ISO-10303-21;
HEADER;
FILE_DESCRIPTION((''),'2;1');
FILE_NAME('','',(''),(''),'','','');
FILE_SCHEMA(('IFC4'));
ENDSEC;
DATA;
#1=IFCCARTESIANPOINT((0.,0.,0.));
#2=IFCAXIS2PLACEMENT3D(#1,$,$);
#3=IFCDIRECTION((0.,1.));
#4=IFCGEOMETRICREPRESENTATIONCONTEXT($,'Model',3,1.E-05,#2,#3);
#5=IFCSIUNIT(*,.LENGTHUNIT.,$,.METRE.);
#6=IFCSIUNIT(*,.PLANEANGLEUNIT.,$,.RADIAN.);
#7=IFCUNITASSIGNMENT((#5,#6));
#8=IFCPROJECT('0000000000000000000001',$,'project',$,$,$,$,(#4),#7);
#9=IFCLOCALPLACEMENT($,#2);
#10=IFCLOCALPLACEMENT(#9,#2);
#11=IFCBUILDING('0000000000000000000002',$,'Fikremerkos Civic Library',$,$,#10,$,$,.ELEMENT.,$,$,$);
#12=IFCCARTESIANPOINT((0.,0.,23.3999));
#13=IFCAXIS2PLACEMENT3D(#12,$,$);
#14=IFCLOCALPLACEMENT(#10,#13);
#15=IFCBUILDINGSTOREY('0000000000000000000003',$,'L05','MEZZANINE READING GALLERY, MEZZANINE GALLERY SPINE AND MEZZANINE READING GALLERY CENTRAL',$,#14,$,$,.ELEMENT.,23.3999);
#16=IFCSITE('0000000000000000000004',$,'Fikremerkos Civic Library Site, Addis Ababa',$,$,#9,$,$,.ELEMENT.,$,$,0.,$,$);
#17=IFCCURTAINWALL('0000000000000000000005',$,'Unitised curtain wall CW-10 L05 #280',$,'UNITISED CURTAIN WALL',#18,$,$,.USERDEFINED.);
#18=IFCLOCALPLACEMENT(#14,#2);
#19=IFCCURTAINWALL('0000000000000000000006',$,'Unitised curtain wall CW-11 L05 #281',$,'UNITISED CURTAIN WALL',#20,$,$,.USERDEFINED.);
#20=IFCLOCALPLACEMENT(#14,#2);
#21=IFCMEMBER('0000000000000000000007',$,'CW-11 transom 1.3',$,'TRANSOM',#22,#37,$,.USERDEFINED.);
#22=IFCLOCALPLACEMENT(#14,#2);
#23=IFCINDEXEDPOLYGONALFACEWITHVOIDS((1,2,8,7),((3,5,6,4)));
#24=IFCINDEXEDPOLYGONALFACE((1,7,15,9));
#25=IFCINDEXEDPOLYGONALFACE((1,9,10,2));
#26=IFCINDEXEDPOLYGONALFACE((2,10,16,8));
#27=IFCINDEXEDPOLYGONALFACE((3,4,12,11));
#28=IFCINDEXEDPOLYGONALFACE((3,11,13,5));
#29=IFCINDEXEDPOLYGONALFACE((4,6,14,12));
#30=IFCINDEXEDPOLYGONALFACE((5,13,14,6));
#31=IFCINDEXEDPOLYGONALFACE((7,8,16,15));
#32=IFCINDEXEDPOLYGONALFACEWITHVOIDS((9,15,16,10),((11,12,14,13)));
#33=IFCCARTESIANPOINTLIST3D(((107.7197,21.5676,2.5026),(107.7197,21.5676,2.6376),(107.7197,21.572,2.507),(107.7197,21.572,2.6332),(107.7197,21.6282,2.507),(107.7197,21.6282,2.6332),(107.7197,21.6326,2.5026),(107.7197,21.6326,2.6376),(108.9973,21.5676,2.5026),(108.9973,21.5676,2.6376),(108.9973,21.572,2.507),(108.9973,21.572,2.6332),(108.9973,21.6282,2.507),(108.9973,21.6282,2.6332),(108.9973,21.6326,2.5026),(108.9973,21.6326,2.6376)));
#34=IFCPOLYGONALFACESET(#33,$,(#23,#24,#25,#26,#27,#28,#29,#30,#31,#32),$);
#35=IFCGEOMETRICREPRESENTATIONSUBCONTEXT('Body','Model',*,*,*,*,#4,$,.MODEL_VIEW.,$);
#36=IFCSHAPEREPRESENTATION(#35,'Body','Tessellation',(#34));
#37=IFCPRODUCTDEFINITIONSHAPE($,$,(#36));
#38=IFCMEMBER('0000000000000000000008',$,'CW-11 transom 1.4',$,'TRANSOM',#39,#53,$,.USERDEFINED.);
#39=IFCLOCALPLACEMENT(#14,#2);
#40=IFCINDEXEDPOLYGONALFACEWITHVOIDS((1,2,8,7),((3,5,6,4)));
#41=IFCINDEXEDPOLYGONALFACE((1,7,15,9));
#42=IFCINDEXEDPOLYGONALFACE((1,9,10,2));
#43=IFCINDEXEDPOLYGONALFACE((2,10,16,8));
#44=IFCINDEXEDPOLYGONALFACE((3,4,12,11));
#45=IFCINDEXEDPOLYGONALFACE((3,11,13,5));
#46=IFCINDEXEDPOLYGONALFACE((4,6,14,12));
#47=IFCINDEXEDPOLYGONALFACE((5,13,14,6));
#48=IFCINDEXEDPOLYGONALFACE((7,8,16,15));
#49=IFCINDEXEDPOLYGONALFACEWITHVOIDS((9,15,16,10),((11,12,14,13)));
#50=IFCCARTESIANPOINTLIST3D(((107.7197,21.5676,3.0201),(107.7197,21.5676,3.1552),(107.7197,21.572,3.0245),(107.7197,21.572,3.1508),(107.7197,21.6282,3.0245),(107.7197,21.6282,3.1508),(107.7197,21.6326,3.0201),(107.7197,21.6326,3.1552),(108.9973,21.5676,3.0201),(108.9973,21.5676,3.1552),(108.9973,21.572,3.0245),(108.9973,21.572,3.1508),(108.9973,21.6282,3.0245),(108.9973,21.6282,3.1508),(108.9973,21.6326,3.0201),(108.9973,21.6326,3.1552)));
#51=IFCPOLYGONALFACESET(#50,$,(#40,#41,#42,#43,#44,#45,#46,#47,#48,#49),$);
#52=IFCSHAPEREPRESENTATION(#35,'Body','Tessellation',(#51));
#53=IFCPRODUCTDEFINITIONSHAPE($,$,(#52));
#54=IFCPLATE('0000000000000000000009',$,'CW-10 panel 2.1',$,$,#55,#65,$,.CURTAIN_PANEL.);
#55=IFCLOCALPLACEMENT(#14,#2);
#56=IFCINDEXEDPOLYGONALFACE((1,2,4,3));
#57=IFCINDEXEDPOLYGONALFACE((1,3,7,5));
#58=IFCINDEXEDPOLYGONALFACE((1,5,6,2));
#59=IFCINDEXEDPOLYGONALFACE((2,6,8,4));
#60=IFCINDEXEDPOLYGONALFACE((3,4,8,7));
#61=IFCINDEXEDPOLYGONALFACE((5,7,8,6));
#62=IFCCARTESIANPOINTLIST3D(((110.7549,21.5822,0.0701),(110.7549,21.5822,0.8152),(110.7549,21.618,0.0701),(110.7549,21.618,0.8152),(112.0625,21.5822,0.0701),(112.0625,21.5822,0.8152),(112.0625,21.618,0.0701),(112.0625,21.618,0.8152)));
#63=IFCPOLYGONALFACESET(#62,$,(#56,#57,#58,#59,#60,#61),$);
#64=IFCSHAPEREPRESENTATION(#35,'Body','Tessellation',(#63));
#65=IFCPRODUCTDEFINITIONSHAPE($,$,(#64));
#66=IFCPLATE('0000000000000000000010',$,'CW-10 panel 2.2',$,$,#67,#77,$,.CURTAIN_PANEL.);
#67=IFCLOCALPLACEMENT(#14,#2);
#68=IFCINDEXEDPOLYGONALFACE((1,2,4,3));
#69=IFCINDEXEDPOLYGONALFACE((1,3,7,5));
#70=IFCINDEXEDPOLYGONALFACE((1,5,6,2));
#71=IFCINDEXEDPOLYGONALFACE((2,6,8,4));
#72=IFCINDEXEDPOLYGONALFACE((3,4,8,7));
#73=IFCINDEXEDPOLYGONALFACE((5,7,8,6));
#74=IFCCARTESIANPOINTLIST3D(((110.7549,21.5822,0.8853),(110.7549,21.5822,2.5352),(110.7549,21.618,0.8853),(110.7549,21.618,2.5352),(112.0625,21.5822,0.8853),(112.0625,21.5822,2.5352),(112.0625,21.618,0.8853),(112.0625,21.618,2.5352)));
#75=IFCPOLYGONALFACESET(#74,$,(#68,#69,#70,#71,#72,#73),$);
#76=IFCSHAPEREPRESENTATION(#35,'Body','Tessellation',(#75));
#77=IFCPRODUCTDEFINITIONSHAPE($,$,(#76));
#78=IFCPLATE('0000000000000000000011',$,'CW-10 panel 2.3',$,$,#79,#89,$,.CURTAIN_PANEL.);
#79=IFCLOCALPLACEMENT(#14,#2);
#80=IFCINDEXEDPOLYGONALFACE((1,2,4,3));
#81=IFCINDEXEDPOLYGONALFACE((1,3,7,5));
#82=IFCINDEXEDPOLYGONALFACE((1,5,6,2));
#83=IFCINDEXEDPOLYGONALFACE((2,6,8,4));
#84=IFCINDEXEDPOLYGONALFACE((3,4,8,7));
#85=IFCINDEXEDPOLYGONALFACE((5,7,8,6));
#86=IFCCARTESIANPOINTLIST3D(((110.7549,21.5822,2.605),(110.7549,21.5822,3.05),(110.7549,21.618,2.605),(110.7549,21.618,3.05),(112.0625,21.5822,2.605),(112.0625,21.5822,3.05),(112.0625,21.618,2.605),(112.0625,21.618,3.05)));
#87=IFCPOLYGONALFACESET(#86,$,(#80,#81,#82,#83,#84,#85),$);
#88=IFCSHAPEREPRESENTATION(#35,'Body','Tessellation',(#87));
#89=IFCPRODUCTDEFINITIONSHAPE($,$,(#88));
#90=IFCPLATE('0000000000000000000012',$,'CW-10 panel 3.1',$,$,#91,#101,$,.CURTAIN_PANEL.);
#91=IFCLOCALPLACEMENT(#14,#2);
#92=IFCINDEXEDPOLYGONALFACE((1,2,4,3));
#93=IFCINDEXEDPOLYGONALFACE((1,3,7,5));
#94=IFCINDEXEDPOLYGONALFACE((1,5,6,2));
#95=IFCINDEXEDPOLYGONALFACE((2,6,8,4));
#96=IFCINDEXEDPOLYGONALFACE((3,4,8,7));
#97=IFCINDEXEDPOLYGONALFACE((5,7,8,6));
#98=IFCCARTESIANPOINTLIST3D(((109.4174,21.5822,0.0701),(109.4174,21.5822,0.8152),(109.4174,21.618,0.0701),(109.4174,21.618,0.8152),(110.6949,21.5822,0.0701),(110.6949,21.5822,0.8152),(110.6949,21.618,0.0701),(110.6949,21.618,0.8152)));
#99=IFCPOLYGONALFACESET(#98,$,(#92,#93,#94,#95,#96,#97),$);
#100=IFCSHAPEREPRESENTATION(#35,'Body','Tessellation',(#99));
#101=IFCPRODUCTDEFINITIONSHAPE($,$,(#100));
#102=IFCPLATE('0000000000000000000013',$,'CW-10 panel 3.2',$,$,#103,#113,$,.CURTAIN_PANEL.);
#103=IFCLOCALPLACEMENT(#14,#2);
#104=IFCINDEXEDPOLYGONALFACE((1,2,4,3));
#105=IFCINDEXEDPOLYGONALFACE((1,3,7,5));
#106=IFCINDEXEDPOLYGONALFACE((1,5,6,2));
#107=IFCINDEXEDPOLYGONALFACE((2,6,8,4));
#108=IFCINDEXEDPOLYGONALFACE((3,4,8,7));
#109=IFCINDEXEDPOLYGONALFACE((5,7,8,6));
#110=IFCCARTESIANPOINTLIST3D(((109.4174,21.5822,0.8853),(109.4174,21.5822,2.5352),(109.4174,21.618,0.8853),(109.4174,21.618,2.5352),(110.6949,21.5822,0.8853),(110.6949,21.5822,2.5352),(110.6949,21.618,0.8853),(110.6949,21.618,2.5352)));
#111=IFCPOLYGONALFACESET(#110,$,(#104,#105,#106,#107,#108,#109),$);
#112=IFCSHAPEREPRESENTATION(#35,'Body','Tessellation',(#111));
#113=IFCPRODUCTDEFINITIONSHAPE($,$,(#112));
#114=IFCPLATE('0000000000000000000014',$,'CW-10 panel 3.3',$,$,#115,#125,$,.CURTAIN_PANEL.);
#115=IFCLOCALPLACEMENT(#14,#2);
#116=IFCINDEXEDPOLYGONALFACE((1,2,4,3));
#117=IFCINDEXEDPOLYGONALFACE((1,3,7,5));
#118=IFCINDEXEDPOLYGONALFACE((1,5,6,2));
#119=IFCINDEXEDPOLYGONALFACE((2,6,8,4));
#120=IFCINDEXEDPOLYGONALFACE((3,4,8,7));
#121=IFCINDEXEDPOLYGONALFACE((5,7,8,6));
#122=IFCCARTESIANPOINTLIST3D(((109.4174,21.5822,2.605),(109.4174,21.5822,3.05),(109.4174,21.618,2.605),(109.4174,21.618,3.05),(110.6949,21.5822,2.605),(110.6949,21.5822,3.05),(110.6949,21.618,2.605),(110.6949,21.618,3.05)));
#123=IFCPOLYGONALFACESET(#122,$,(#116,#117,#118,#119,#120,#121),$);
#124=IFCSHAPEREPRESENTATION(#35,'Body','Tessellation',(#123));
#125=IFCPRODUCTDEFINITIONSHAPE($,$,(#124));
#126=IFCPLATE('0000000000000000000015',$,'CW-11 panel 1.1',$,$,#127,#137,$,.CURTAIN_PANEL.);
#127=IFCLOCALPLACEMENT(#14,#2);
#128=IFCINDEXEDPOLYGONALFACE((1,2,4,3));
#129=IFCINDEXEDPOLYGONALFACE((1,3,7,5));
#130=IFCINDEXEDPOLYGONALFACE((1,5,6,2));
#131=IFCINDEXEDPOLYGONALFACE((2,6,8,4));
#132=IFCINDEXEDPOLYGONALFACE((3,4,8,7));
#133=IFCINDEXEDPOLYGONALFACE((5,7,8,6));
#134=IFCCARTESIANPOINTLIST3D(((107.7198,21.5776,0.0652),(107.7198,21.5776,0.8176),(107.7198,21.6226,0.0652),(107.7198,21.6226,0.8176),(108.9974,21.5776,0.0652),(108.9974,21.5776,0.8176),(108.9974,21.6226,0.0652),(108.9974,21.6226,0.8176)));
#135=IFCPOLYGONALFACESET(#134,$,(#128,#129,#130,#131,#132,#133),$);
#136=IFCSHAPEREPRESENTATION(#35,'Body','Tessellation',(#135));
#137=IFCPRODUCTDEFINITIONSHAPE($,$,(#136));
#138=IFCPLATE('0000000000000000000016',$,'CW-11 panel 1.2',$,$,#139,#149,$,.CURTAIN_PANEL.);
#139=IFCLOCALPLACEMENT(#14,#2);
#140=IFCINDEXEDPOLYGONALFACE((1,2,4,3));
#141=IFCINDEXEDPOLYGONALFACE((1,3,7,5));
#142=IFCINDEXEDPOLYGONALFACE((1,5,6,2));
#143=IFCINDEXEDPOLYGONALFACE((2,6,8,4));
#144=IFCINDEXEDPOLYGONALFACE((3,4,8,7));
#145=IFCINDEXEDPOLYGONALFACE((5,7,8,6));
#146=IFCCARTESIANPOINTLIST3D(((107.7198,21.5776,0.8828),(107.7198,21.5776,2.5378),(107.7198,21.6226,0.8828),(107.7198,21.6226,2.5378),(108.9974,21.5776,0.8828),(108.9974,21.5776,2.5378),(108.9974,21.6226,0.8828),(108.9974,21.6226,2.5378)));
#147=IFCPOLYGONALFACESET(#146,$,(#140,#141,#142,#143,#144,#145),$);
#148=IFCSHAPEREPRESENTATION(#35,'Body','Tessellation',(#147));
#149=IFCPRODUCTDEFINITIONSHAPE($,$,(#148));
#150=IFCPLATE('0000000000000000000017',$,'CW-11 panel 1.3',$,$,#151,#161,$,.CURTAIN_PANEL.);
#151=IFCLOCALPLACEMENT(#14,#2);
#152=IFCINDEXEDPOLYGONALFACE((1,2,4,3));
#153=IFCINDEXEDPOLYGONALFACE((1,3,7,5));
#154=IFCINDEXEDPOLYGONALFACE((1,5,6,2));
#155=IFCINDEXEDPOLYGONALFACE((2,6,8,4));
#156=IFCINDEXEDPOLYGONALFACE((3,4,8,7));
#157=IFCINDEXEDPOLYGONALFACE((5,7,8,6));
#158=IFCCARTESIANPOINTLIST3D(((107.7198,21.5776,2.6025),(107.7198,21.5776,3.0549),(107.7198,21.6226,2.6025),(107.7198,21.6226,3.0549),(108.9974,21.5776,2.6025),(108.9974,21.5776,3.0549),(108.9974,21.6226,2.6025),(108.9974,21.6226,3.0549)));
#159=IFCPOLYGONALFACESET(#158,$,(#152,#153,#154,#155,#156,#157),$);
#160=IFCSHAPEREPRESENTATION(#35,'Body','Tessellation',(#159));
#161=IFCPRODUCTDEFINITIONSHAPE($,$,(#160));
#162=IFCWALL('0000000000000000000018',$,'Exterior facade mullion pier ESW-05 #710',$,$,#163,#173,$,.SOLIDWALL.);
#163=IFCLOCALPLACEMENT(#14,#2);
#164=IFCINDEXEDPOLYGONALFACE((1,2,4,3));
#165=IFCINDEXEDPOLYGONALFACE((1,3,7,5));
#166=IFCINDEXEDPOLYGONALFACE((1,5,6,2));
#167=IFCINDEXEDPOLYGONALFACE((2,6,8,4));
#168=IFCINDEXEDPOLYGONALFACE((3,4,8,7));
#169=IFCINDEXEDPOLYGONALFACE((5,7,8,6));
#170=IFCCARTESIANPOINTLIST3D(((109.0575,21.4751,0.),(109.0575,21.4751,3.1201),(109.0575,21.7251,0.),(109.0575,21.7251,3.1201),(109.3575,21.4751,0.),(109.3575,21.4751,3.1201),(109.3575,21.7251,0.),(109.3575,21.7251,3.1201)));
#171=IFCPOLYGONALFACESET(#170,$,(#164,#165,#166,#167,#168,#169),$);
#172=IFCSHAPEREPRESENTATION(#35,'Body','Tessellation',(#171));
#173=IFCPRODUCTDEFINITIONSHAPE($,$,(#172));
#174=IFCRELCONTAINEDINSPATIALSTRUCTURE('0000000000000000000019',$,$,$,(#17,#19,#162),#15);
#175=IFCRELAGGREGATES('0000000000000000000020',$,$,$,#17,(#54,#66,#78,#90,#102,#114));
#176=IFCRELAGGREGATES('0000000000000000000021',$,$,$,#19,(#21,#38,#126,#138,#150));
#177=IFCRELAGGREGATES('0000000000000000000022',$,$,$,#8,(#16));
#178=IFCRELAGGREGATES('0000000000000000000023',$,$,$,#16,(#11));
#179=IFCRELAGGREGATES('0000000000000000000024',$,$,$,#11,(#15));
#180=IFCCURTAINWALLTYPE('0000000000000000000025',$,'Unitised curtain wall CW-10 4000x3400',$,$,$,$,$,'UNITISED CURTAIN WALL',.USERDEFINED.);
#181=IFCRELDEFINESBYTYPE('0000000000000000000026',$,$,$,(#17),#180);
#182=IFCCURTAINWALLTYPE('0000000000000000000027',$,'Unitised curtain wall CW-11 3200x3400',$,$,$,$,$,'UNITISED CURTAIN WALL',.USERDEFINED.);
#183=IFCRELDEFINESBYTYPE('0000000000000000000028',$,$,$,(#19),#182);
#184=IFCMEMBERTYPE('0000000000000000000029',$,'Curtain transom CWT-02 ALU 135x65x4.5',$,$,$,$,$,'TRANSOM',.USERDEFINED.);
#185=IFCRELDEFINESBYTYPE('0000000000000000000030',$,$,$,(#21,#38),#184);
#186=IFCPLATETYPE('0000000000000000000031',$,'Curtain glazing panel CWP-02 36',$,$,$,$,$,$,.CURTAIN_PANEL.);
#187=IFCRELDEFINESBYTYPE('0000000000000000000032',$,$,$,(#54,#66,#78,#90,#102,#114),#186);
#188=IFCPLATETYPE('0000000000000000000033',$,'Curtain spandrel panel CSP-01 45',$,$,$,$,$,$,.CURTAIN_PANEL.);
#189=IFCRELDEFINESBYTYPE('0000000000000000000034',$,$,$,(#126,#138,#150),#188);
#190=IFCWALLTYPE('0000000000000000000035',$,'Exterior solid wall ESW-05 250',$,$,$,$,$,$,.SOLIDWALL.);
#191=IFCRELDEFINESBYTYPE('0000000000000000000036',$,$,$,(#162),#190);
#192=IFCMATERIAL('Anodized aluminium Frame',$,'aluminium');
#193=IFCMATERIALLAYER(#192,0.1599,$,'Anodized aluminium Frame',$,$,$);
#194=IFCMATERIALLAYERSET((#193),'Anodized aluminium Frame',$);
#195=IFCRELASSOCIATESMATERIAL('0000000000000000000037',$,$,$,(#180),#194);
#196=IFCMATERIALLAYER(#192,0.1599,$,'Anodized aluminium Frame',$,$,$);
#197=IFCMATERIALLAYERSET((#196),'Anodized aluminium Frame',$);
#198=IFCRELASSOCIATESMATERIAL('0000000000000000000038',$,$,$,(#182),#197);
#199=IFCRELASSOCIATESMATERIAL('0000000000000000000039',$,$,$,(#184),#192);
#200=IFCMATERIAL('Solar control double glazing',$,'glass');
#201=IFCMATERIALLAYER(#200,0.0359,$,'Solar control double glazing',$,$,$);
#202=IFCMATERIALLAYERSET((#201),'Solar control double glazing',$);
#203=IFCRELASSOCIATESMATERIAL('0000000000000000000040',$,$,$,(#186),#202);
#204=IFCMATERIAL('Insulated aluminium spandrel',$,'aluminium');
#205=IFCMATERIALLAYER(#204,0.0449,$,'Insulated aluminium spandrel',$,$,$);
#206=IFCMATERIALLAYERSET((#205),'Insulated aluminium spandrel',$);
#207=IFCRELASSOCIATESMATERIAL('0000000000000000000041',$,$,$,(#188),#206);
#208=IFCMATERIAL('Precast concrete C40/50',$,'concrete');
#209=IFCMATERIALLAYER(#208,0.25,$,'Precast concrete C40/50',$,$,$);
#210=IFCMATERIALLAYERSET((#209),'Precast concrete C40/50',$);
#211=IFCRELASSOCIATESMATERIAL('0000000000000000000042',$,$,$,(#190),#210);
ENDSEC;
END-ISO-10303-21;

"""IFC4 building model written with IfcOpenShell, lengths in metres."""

from ifc_helpers import new_model, si_unit, direction, frame, frame_2d, origin, origin_2d, place, context, subcontext, project, spatial, rectangle, hollow_rectangle, extrude, material, layer, layer_set, material_profile, profile_set, type_object, element, aggregate, save


model = new_model("IFC4")

# Units and contexts
model_context = context("Model", 3, precision=1e-05, world=origin(), true_north=direction((0.0, 1.0)))
body_context = subcontext(model_context, "Body", "Model", "MODEL_VIEW")
ifc_project = project(units=[si_unit("LENGTHUNIT", "METRE"), si_unit("PLANEANGLEUNIT", "RADIAN")], contexts=[model_context])

# Site, building, storey
site_placement = place(None, origin())
site = spatial("IfcSite", under=ifc_project, at=site_placement, Name="Fikremerkos Civic Library Site, Addis Ababa", CompositionType="ELEMENT", RefElevation=0.0)
building_placement = place(site_placement, origin())
building = spatial("IfcBuilding", under=site, at=building_placement, Name="Fikremerkos Civic Library", CompositionType="ELEMENT")
storey_placement = place(building_placement, frame((0.0, 0.0, 23.3999)))
storey = spatial("IfcBuildingStorey", under=building, at=storey_placement, Name="L05", Description="MEZZANINE READING GALLERY, MEZZANINE GALLERY SPINE AND MEZZANINE READING GALLERY CENTRAL", CompositionType="ELEMENT", Elevation=23.3999)

# Curtain walls
ifc_material_1 = material(Name="Anodized aluminium Frame", Category="aluminium")
ifc_layer_1 = layer(ifc_material_1, 0.1599, Name="Anodized aluminium Frame")
ifc_layer_set_1 = layer_set([ifc_layer_1], Name="Anodized aluminium Frame")
curtain_wall_type_1 = type_object("IfcCurtainWallType", Name="Unitised curtain wall CW-10 4000x3400", ElementType="UNITISED CURTAIN WALL", PredefinedType="USERDEFINED", material=ifc_layer_set_1)
curtain_wall_1_placement = place(storey_placement, origin())
curtain_wall_1 = element("IfcCurtainWall", 1, at=curtain_wall_1_placement, inside=storey, type_object=curtain_wall_type_1, Name="Unitised curtain wall CW-10 L05 #280", ObjectType="UNITISED CURTAIN WALL", PredefinedType="USERDEFINED")
ifc_layer_2 = layer(ifc_material_1, 0.1599, Name="Anodized aluminium Frame")
ifc_layer_set_2 = layer_set([ifc_layer_2], Name="Anodized aluminium Frame")
curtain_wall_type_2 = type_object("IfcCurtainWallType", Name="Unitised curtain wall CW-11 3200x3400", ElementType="UNITISED CURTAIN WALL", PredefinedType="USERDEFINED", material=ifc_layer_set_2)
curtain_wall_2_placement = place(storey_placement, origin())
curtain_wall_2 = element("IfcCurtainWall", 2, at=curtain_wall_2_placement, inside=storey, type_object=curtain_wall_type_2, Name="Unitised curtain wall CW-11 L05 #281", ObjectType="UNITISED CURTAIN WALL", PredefinedType="USERDEFINED")

# Members
ifc_material_profile_1 = material_profile(ifc_material_1, hollow_rectangle(XDim=0.0649, YDim=0.135, WallThickness=0.0044, at=origin_2d()), Name="ALU 135x65x4.5")
ifc_profile_set_1 = profile_set([ifc_material_profile_1], Name="Anodized aluminium Frame")
member_type_1 = type_object("IfcMemberType", Name="Curtain transom CWT-02 ALU 135x65x4.5", ElementType="TRANSOM", PredefinedType="USERDEFINED", material=ifc_profile_set_1)
member_1_placement = place(storey_placement, frame((108.9973, 21.6001, 2.5701), z_axis=(-1.0, 0.0, 0.0), x_axis=(0.0, -1.0, 0.0)))
member_1 = element("IfcMember", 3, at=member_1_placement, type_object=member_type_1, Name="CW-11 transom 1.3", ObjectType="TRANSOM", PredefinedType="USERDEFINED", context=body_context, shape_type="SweptSolid", body=[
    extrude(hollow_rectangle(XDim=0.0649, YDim=0.135, WallThickness=0.0044, at=origin_2d()), origin(), (0.0, 0.0, 1.0), 1.2776),
])
member_2_placement = place(storey_placement, frame((108.9973, 21.6001, 3.0876), z_axis=(-1.0, 0.0, 0.0), x_axis=(0.0, -1.0, 0.0)))
member_2 = element("IfcMember", 4, at=member_2_placement, type_object=member_type_1, Name="CW-11 transom 1.4", ObjectType="TRANSOM", PredefinedType="USERDEFINED", context=body_context, shape_type="SweptSolid", body=[
    extrude(hollow_rectangle(XDim=0.0649, YDim=0.135, WallThickness=0.0044, at=origin_2d()), origin(), (0.0, 0.0, 1.0), 1.2776),
])

# Plates
ifc_material_2 = material(Name="Solar control double glazing", Category="glass")
ifc_layer_3 = layer(ifc_material_2, 0.0359, Name="Solar control double glazing")
ifc_layer_set_3 = layer_set([ifc_layer_3], Name="Solar control double glazing")
plate_type_1 = type_object("IfcPlateType", Name="Curtain glazing panel CWP-02 36", PredefinedType="CURTAIN_PANEL", material=ifc_layer_set_3)
plate_1_placement = place(storey_placement, frame((111.4087, 21.6001, 0.0701), z_axis=(0.0, 0.0, 1.0), x_axis=(-1.0, 0.0, 0.0)))
plate_1 = element("IfcPlate", 5, at=plate_1_placement, type_object=plate_type_1, Name="CW-10 panel 2.1", PredefinedType="CURTAIN_PANEL", context=body_context, shape_type="SweptSolid", body=[
    extrude(rectangle(XDim=1.3076, YDim=0.0359, at=origin_2d()), origin(), (0.0, 0.0, 1.0), 0.7451),
])
plate_2_placement = place(storey_placement, frame((111.4087, 21.6001, 0.8853), z_axis=(0.0, 0.0, 1.0), x_axis=(-1.0, 0.0, 0.0)))
plate_2 = element("IfcPlate", 6, at=plate_2_placement, type_object=plate_type_1, Name="CW-10 panel 2.2", PredefinedType="CURTAIN_PANEL", context=body_context, shape_type="SweptSolid", body=[
    extrude(rectangle(XDim=1.3076, YDim=0.0359, at=origin_2d()), origin(), (0.0, 0.0, 1.0), 1.6499),
])
plate_3_placement = place(storey_placement, frame((111.4087, 21.6001, 2.605), z_axis=(0.0, 0.0, 1.0), x_axis=(-1.0, 0.0, 0.0)))
plate_3 = element("IfcPlate", 7, at=plate_3_placement, type_object=plate_type_1, Name="CW-10 panel 2.3", PredefinedType="CURTAIN_PANEL", context=body_context, shape_type="SweptSolid", body=[
    extrude(rectangle(XDim=1.3076, YDim=0.0359, at=origin_2d()), origin(), (0.0, 0.0, 1.0), 0.4451),
])
plate_4_placement = place(storey_placement, frame((110.0562, 21.6001, 0.0701), z_axis=(0.0, 0.0, 1.0), x_axis=(-1.0, 0.0, 0.0)))
plate_4 = element("IfcPlate", 8, at=plate_4_placement, type_object=plate_type_1, Name="CW-10 panel 3.1", PredefinedType="CURTAIN_PANEL", context=body_context, shape_type="SweptSolid", body=[
    extrude(rectangle(XDim=1.2776, YDim=0.0359, at=origin_2d()), origin(), (0.0, 0.0, 1.0), 0.7451),
])
plate_5_placement = place(storey_placement, frame((110.0562, 21.6001, 0.8853), z_axis=(0.0, 0.0, 1.0), x_axis=(-1.0, 0.0, 0.0)))
plate_5 = element("IfcPlate", 9, at=plate_5_placement, type_object=plate_type_1, Name="CW-10 panel 3.2", PredefinedType="CURTAIN_PANEL", context=body_context, shape_type="SweptSolid", body=[
    extrude(rectangle(XDim=1.2776, YDim=0.0359, at=origin_2d()), origin(), (0.0, 0.0, 1.0), 1.6499),
])
plate_6_placement = place(storey_placement, frame((110.0562, 21.6001, 2.605), z_axis=(0.0, 0.0, 1.0), x_axis=(-1.0, 0.0, 0.0)))
plate_6 = element("IfcPlate", 10, at=plate_6_placement, type_object=plate_type_1, Name="CW-10 panel 3.3", PredefinedType="CURTAIN_PANEL", context=body_context, shape_type="SweptSolid", body=[
    extrude(rectangle(XDim=1.2776, YDim=0.0359, at=origin_2d()), origin(), (0.0, 0.0, 1.0), 0.4451),
])
aggregate(curtain_wall_1, [plate_1, plate_2, plate_3, plate_4, plate_5, plate_6])
ifc_material_3 = material(Name="Insulated aluminium spandrel", Category="aluminium")
ifc_layer_4 = layer(ifc_material_3, 0.0449, Name="Insulated aluminium spandrel")
ifc_layer_set_4 = layer_set([ifc_layer_4], Name="Insulated aluminium spandrel")
plate_type_2 = type_object("IfcPlateType", Name="Curtain spandrel panel CSP-01 45", PredefinedType="CURTAIN_PANEL", material=ifc_layer_set_4)
plate_7_placement = place(storey_placement, frame((108.3586, 21.6001, 0.0652), z_axis=(0.0, 0.0, 1.0), x_axis=(-1.0, 0.0, 0.0)))
plate_7 = element("IfcPlate", 11, at=plate_7_placement, type_object=plate_type_2, Name="CW-11 panel 1.1", PredefinedType="CURTAIN_PANEL", context=body_context, shape_type="SweptSolid", body=[
    extrude(rectangle(XDim=1.2776, YDim=0.0449, at=origin_2d()), origin(), (0.0, 0.0, 1.0), 0.7524),
])
plate_8_placement = place(storey_placement, frame((108.3586, 21.6001, 0.8828), z_axis=(0.0, 0.0, 1.0), x_axis=(-1.0, 0.0, 0.0)))
plate_8 = element("IfcPlate", 12, at=plate_8_placement, type_object=plate_type_2, Name="CW-11 panel 1.2", PredefinedType="CURTAIN_PANEL", context=body_context, shape_type="SweptSolid", body=[
    extrude(rectangle(XDim=1.2776, YDim=0.0449, at=origin_2d()), origin(), (0.0, 0.0, 1.0), 1.655),
])
plate_9_placement = place(storey_placement, frame((108.3586, 21.6001, 2.6025), z_axis=(0.0, 0.0, 1.0), x_axis=(-1.0, 0.0, 0.0)))
plate_9 = element("IfcPlate", 13, at=plate_9_placement, type_object=plate_type_2, Name="CW-11 panel 1.3", PredefinedType="CURTAIN_PANEL", context=body_context, shape_type="SweptSolid", body=[
    extrude(rectangle(XDim=1.2776, YDim=0.0449, at=origin_2d()), origin(), (0.0, 0.0, 1.0), 0.4524),
])
aggregate(curtain_wall_2, [member_1, member_2, plate_7, plate_8, plate_9])

# Wall
ifc_material_4 = material(Name="Precast concrete C40/50", Category="concrete")
ifc_layer_5 = layer(ifc_material_4, 0.25, Name="Precast concrete C40/50")
ifc_layer_set_5 = layer_set([ifc_layer_5], Name="Precast concrete C40/50")
wall_type = type_object("IfcWallType", Name="Exterior solid wall ESW-05 250", PredefinedType="SOLIDWALL", material=ifc_layer_set_5)
wall_placement = place(storey_placement, frame((109.3574, 21.6001, 0.0), z_axis=(0.0, 0.0, 1.0), x_axis=(-1.0, 0.0, 0.0)))
element("IfcWall", 14, at=wall_placement, inside=storey, type_object=wall_type, Name="Exterior facade mullion pier ESW-05 #710", PredefinedType="SOLIDWALL", context=body_context, shape_type="SweptSolid", body=[
    extrude(rectangle(XDim=0.3, YDim=0.25, at=frame_2d((0.1499, 0.0))), origin(), (0.0, 0.0, 1.0), 3.1201),
])

save(model, "model.ifc")
